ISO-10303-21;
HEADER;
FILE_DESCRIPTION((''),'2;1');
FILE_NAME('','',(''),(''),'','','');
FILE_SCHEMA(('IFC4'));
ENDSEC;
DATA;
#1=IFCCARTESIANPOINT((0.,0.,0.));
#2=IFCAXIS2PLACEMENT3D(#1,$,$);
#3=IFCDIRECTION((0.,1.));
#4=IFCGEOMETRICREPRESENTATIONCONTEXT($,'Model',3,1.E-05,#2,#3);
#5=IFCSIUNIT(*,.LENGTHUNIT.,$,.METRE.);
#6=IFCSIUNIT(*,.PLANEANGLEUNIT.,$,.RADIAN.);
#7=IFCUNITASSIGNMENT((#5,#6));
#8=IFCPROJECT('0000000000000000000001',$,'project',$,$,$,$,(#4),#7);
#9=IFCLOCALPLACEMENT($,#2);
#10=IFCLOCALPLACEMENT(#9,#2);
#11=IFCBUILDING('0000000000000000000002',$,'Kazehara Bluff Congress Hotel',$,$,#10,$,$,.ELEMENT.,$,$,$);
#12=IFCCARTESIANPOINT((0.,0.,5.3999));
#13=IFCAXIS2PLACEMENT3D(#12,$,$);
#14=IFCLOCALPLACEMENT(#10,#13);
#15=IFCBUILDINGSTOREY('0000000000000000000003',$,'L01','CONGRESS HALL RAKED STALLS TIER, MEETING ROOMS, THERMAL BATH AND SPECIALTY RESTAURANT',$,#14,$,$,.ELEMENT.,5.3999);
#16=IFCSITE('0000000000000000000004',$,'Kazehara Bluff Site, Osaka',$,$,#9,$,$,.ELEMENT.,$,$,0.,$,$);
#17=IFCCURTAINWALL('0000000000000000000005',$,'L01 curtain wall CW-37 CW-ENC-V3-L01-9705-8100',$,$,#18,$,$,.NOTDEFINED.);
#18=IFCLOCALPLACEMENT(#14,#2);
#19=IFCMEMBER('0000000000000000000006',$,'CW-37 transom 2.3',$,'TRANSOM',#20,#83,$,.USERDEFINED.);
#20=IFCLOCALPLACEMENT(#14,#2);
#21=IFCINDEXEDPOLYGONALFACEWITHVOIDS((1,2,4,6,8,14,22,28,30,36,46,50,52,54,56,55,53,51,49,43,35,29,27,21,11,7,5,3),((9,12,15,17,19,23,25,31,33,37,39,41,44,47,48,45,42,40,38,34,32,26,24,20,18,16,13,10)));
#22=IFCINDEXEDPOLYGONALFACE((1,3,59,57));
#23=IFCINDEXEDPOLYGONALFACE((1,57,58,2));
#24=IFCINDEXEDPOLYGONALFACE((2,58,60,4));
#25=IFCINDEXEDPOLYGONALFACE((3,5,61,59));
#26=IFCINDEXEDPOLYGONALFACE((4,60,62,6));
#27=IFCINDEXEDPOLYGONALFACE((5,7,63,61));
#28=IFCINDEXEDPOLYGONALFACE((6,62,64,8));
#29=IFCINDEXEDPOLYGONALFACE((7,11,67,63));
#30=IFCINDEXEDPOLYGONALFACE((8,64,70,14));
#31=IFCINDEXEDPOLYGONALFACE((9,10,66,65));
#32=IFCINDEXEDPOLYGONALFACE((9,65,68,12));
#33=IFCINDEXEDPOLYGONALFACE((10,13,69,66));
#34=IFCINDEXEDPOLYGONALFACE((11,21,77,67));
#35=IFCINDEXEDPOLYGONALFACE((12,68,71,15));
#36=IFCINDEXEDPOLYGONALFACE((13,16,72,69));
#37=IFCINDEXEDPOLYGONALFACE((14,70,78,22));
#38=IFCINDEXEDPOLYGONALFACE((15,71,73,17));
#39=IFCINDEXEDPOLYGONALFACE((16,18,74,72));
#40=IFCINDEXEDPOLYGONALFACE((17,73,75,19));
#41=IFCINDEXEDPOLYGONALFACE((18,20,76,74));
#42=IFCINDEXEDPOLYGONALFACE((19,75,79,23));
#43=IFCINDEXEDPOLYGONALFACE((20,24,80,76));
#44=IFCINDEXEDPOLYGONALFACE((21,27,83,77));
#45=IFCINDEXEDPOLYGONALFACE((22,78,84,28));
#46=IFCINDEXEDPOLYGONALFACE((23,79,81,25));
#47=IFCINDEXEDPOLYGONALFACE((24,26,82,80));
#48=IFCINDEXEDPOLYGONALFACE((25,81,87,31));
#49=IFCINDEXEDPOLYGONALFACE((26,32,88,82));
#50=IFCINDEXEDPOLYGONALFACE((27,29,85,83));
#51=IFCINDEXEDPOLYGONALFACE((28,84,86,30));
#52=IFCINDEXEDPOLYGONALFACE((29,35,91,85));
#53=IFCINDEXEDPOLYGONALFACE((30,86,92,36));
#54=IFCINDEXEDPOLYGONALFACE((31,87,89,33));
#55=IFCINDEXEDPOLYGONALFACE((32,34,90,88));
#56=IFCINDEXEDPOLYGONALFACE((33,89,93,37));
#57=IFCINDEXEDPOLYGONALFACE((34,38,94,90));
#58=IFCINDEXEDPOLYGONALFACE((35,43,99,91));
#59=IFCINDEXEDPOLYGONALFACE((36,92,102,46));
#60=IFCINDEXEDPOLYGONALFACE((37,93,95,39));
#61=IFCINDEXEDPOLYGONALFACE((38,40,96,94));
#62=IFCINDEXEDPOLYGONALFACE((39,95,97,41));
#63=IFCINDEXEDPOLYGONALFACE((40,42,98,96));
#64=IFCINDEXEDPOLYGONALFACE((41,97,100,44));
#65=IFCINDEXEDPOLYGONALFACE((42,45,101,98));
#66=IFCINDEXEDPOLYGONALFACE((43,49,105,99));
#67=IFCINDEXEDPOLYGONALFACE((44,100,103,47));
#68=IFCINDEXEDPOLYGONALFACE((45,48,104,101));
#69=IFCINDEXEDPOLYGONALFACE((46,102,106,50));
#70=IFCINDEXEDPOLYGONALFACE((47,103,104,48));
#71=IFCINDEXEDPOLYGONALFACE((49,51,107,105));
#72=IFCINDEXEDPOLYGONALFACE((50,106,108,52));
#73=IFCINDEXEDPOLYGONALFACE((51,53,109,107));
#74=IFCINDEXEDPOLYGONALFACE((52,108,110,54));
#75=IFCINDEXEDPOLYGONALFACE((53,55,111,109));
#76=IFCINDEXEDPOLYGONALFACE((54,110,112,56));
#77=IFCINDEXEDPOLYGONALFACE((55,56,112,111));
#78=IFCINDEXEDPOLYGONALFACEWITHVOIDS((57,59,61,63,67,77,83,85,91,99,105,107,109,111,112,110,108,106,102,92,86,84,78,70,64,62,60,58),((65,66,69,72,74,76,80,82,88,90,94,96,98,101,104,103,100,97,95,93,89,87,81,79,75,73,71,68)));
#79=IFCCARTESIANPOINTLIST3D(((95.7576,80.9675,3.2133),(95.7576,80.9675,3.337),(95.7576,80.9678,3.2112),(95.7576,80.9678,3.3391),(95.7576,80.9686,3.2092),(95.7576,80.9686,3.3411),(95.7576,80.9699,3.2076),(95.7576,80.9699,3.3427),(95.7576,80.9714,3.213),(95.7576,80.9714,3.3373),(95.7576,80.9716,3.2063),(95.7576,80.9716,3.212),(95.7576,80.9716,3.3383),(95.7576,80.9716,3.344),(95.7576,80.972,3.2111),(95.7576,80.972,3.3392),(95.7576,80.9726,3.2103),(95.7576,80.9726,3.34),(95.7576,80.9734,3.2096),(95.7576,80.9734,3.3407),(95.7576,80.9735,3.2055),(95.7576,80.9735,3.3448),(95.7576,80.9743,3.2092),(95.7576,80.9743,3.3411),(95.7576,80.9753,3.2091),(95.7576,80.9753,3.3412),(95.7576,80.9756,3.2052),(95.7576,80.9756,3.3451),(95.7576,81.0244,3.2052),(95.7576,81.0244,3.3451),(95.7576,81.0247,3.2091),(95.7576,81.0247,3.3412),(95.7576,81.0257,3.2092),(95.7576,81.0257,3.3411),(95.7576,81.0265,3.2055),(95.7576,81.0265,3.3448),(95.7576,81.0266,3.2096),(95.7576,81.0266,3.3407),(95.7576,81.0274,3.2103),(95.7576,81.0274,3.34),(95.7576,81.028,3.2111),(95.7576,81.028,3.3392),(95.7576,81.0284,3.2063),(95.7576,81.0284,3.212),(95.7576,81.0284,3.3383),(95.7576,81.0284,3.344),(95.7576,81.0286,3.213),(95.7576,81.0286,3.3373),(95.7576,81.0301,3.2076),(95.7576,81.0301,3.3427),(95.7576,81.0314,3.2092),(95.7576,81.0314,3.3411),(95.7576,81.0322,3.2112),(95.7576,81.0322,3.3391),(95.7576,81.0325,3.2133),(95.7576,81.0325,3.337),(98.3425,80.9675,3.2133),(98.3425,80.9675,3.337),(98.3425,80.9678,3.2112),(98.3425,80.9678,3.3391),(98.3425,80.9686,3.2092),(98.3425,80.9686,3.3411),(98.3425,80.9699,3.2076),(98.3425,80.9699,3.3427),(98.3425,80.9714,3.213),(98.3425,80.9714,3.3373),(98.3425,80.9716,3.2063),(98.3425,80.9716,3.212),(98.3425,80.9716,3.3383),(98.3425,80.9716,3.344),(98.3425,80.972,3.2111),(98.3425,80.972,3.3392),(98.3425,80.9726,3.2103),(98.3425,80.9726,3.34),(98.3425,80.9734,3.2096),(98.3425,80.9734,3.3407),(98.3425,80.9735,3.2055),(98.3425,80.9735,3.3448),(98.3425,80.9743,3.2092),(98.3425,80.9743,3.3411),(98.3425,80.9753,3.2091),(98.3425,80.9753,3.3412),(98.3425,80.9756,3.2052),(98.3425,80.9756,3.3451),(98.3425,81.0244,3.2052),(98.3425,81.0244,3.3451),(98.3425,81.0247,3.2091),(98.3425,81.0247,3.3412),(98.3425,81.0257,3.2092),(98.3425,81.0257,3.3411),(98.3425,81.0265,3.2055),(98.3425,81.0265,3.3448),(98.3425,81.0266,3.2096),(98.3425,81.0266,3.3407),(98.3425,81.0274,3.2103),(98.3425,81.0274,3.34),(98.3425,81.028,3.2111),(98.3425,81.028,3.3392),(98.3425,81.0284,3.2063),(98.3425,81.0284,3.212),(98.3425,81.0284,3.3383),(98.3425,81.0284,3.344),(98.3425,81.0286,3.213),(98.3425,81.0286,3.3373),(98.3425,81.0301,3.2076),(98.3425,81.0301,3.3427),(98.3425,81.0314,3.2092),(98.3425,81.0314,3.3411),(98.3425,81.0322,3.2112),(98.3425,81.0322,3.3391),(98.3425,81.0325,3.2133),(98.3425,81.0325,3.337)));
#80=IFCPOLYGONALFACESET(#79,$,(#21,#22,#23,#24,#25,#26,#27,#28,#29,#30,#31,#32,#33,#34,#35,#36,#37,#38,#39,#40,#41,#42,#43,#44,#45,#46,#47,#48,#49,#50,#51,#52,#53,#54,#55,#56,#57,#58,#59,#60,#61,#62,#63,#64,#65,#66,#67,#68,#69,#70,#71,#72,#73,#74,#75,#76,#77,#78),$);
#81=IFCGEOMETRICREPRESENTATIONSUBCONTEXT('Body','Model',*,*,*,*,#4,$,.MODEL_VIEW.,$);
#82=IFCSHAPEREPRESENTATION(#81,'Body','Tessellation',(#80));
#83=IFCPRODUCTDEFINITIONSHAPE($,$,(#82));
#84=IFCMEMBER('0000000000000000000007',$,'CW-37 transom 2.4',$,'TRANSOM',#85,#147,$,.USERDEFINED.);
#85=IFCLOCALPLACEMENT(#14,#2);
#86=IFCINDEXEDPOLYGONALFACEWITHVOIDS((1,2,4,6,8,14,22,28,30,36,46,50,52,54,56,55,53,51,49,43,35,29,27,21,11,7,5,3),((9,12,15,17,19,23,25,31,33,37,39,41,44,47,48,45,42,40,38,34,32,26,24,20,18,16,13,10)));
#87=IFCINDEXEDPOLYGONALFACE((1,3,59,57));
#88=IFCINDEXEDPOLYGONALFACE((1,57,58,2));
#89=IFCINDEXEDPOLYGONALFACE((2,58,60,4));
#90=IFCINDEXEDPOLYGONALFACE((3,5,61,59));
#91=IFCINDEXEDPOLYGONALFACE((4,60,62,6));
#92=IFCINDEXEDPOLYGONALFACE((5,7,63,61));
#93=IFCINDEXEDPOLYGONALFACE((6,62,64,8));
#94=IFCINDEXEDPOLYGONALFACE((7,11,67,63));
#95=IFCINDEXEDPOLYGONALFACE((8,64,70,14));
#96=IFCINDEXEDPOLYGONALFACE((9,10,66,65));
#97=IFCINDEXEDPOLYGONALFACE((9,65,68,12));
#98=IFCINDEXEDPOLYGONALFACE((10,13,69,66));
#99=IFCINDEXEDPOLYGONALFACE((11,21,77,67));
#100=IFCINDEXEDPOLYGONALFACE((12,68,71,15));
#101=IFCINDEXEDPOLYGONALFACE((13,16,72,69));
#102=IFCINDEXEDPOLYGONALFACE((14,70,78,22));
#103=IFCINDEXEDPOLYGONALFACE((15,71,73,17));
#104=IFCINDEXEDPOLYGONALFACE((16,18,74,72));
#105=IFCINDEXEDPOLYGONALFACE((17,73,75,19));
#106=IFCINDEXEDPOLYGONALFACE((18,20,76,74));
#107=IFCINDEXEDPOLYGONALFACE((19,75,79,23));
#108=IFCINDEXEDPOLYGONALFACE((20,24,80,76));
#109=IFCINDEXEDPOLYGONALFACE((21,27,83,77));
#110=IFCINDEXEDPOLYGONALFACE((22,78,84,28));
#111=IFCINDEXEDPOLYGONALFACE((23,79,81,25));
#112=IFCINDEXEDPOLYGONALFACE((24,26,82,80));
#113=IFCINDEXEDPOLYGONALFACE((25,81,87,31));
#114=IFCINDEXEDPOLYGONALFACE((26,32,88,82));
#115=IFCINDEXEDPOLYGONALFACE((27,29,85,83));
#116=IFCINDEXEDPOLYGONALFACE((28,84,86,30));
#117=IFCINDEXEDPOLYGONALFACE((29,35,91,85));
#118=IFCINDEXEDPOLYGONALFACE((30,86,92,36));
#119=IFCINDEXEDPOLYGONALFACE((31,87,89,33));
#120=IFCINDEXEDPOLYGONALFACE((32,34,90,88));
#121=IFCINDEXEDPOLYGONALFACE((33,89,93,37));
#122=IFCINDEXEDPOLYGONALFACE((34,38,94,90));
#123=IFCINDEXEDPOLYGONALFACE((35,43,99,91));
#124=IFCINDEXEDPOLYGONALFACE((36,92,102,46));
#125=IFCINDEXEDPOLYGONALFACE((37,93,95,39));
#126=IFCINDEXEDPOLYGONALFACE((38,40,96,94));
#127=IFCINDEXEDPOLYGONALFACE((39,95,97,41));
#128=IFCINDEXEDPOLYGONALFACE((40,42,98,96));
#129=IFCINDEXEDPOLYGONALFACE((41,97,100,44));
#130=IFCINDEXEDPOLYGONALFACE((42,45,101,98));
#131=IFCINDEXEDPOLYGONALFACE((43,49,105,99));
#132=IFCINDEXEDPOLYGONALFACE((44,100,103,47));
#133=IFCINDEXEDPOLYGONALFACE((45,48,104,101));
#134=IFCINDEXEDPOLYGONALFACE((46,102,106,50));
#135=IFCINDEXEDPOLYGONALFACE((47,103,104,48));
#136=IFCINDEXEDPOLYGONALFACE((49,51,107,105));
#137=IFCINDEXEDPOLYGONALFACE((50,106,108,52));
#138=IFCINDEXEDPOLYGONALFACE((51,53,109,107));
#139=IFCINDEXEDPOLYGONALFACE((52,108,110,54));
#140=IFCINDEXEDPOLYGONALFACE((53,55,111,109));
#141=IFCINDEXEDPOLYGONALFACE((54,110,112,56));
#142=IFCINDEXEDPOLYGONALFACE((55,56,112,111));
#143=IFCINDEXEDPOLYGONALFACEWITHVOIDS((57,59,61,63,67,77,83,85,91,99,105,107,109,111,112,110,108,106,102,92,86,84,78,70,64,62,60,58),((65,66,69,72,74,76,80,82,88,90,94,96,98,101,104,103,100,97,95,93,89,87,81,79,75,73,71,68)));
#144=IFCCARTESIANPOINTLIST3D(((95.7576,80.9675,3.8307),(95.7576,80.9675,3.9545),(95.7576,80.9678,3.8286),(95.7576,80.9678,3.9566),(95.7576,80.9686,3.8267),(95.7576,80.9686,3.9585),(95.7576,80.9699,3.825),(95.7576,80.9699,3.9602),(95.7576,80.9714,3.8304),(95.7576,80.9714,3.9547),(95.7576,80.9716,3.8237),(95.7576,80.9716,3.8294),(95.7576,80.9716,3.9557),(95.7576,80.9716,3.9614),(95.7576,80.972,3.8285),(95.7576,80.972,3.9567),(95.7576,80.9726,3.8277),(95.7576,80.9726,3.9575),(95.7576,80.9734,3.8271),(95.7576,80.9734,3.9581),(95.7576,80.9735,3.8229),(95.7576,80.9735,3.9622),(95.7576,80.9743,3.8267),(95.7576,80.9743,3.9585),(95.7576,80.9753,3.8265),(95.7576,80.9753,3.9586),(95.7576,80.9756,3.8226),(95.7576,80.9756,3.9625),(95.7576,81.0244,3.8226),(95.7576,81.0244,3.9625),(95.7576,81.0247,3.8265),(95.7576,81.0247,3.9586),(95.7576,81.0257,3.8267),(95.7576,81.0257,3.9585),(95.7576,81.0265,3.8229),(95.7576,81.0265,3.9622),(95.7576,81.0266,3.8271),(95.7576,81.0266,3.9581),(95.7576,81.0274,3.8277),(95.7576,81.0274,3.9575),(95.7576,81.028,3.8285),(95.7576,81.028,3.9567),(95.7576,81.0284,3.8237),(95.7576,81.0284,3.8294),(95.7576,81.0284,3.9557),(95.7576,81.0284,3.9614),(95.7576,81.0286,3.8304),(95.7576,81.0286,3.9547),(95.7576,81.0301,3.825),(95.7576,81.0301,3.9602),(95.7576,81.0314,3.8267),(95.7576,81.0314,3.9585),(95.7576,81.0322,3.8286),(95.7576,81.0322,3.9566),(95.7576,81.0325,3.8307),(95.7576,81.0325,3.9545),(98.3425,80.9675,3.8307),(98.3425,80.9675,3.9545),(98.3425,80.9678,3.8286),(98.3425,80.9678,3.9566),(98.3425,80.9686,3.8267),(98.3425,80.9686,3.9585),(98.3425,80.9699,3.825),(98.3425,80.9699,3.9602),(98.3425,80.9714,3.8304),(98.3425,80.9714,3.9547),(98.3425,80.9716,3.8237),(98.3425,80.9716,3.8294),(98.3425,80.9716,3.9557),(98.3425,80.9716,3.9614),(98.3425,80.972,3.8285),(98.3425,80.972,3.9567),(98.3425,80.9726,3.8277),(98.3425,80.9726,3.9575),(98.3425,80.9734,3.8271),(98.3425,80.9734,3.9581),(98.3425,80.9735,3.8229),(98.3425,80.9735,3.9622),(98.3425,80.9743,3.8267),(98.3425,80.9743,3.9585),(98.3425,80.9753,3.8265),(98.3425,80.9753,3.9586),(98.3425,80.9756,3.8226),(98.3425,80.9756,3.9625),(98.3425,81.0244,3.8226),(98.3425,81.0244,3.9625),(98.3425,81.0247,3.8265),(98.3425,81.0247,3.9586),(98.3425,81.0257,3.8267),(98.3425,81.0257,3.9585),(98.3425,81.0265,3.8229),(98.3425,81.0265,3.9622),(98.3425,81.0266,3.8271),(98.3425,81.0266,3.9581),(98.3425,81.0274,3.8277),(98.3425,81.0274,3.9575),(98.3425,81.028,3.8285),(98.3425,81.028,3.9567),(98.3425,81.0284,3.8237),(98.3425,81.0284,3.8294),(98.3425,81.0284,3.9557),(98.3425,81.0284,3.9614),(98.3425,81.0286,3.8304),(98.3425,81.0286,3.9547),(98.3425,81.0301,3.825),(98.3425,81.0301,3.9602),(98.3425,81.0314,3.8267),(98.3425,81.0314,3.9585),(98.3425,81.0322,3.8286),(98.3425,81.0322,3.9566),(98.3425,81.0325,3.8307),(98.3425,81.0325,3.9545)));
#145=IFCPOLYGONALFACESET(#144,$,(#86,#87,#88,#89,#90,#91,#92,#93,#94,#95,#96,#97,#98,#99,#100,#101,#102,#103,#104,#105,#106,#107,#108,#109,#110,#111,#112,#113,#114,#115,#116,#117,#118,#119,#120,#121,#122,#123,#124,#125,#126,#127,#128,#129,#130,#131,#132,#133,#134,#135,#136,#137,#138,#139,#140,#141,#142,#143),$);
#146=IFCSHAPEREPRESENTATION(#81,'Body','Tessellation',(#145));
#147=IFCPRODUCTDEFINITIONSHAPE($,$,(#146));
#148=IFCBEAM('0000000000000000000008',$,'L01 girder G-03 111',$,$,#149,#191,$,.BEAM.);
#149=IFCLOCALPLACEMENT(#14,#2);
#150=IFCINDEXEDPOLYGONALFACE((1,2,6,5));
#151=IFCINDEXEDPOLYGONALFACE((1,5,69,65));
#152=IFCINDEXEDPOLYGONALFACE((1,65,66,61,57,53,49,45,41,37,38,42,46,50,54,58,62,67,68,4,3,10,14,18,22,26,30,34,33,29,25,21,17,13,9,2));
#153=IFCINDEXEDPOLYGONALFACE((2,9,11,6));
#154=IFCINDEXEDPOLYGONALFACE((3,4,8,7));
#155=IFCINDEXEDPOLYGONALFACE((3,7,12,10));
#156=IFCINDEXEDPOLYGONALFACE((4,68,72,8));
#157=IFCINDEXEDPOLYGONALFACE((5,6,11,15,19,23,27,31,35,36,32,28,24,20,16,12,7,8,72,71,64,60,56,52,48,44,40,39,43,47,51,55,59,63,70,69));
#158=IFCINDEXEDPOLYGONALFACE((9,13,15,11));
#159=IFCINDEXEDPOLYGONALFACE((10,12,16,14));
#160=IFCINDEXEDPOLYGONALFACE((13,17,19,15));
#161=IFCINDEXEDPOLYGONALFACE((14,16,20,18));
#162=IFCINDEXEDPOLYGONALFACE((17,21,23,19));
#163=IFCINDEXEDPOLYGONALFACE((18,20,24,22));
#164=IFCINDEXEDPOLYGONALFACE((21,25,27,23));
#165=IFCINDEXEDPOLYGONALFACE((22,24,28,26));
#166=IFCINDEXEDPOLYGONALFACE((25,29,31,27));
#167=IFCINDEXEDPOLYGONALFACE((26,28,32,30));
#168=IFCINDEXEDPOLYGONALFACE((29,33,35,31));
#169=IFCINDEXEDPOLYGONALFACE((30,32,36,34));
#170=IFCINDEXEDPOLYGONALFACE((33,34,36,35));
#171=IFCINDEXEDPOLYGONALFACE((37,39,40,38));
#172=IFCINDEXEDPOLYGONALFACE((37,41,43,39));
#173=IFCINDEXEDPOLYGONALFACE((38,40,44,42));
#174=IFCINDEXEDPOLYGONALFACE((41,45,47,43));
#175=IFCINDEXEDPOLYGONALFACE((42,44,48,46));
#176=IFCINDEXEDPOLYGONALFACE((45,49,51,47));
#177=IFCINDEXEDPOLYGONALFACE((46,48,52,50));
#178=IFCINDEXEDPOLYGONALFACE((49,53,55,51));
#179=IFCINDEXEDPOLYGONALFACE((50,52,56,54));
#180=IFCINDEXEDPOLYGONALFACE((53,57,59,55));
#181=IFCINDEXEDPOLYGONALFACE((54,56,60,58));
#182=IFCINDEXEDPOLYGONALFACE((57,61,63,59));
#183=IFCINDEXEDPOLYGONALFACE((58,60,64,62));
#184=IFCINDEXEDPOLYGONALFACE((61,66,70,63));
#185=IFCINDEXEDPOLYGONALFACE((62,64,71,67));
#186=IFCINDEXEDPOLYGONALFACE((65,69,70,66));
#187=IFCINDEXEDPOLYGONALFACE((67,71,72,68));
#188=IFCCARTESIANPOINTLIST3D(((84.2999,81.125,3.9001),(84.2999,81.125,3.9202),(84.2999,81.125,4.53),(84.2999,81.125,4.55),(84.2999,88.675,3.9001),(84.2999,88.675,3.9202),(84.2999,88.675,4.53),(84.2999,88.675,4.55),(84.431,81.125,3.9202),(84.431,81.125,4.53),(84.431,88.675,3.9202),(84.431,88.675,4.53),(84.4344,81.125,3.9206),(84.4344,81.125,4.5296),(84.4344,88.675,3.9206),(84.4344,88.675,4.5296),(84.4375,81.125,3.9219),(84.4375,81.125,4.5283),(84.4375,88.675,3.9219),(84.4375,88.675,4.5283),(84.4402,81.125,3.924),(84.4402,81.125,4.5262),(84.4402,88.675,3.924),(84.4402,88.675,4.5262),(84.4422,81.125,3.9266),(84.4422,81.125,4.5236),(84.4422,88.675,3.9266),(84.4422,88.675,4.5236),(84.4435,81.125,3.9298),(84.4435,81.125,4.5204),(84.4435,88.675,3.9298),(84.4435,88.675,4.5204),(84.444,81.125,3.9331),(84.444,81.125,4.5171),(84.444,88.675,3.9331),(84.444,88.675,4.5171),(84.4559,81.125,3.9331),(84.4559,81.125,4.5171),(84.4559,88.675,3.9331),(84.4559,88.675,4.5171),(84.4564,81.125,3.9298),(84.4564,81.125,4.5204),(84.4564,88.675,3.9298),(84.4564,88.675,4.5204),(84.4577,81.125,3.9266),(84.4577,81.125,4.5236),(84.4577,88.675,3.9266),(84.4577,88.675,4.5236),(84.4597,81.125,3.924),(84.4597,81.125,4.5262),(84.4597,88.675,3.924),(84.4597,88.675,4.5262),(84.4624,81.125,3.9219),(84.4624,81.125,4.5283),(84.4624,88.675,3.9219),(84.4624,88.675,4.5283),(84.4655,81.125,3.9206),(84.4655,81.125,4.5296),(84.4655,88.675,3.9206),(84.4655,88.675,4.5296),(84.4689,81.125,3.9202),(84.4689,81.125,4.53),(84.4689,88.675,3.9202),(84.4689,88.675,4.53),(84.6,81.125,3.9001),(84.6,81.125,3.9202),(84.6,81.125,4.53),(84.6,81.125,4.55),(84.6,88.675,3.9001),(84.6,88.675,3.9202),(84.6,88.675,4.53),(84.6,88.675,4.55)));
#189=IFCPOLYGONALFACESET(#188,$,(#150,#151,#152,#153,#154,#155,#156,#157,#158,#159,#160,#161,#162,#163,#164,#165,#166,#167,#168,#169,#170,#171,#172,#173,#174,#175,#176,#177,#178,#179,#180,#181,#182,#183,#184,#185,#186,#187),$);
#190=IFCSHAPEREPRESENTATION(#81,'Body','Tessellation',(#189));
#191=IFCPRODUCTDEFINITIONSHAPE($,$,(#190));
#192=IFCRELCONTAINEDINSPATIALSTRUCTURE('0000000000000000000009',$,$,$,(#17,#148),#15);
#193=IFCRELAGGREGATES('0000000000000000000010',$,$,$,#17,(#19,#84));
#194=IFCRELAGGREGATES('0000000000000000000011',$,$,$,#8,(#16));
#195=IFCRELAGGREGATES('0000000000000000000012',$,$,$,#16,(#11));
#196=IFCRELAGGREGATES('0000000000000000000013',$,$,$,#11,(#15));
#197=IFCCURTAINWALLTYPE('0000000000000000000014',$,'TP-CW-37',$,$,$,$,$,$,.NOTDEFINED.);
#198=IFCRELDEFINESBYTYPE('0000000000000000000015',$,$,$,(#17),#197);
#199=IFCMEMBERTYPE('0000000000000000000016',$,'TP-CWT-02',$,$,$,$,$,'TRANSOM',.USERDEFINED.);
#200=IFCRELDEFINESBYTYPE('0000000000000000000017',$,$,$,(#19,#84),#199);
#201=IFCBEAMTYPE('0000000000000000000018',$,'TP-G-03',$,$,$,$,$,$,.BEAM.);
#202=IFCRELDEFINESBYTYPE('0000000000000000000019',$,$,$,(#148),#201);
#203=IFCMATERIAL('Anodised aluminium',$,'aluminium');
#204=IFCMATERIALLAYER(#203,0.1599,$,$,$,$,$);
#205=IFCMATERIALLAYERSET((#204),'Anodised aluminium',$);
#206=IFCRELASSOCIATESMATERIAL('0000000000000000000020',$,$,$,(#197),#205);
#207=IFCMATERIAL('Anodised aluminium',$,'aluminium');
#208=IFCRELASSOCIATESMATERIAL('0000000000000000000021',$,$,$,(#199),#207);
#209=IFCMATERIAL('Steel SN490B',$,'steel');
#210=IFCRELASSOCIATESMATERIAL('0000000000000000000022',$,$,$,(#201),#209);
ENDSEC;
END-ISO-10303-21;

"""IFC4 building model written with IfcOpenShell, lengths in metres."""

from ifc_helpers import new_model, si_unit, direction, frame, origin, origin_2d, place, context, subcontext, project, spatial, hollow_rectangle, i_section, extrude, material, layer, layer_set, material_profile, profile_set, type_object, element, aggregate, save


model = new_model("IFC4")

# Units and contexts
model_context = context("Model", 3, precision=1e-05, world=origin(), true_north=direction((0.0, 1.0)))
body_context = subcontext(model_context, "Body", "Model", "MODEL_VIEW")
ifc_project = project(units=[si_unit("LENGTHUNIT", "METRE"), si_unit("PLANEANGLEUNIT", "RADIAN")], contexts=[model_context])

# Site, building, storey
site_placement = place(None, origin())
site = spatial("IfcSite", under=ifc_project, at=site_placement, Name="Kazehara Bluff Site, Osaka", CompositionType="ELEMENT", RefElevation=0.0)
building_placement = place(site_placement, origin())
building = spatial("IfcBuilding", under=site, at=building_placement, Name="Kazehara Bluff Congress Hotel", CompositionType="ELEMENT")
storey_placement = place(building_placement, frame((0.0, 0.0, 5.3999)))
storey = spatial("IfcBuildingStorey", under=building, at=storey_placement, Name="L01", Description="CONGRESS HALL RAKED STALLS TIER, MEETING ROOMS, THERMAL BATH AND SPECIALTY RESTAURANT", CompositionType="ELEMENT", Elevation=5.3999)

# Curtain wall
ifc_material_1 = material(Name="Anodised aluminium", Category="aluminium")
ifc_layer_1 = layer(ifc_material_1, 0.1599)
ifc_layer_set_1 = layer_set([ifc_layer_1], Name="Anodised aluminium")
curtain_wall_type_1 = type_object("IfcCurtainWallType", Name="TP-CW-37", PredefinedType="NOTDEFINED", material=ifc_layer_set_1)
curtain_wall_1_placement = place(storey_placement, origin())
curtain_wall_1 = element("IfcCurtainWall", 1, at=curtain_wall_1_placement, inside=storey, type_object=curtain_wall_type_1, Name="L01 curtain wall CW-37 CW-ENC-V3-L01-9705-8100", PredefinedType="NOTDEFINED")

# Members
ifc_material_2 = material(Name="Anodised aluminium", Category="aluminium")
ifc_material_profile_1 = material_profile(ifc_material_2, hollow_rectangle(XDim=0.0649, YDim=0.1399, WallThickness=0.0039, InnerFilletRadius=0.0039, OuterFilletRadius=0.0081, at=origin_2d()))
ifc_profile_set_1 = profile_set([ifc_material_profile_1], Name="Anodised aluminium")
member_type_1 = type_object("IfcMemberType", Name="TP-CWT-02", ElementType="TRANSOM", PredefinedType="USERDEFINED", material=ifc_profile_set_1)
member_1_placement = place(storey_placement, frame((98.3425, 81.0, 3.2751), z_axis=(-1.0, 0.0, 0.0), x_axis=(0.0, -1.0, 0.0)))
member_1 = element("IfcMember", 2, at=member_1_placement, type_object=member_type_1, Name="CW-37 transom 2.3", ObjectType="TRANSOM", PredefinedType="USERDEFINED", context=body_context, shape_type="SweptSolid", body=[
    extrude(hollow_rectangle(XDim=0.0649, YDim=0.1399, WallThickness=0.0039, InnerFilletRadius=0.0039, OuterFilletRadius=0.0081, at=origin_2d()), origin(), (0.0, 0.0, 1.0), 2.585),
])
member_2_placement = place(storey_placement, frame((98.3425, 81.0, 3.8926), z_axis=(-1.0, 0.0, 0.0), x_axis=(0.0, -1.0, 0.0)))
member_2 = element("IfcMember", 3, at=member_2_placement, type_object=member_type_1, Name="CW-37 transom 2.4", ObjectType="TRANSOM", PredefinedType="USERDEFINED", context=body_context, shape_type="SweptSolid", body=[
    extrude(hollow_rectangle(XDim=0.0649, YDim=0.1399, WallThickness=0.0039, InnerFilletRadius=0.0039, OuterFilletRadius=0.0081, at=origin_2d()), origin(), (0.0, 0.0, 1.0), 2.585),
])

# Beam
ifc_material_3 = material(Name="Steel SN490B", Category="steel")
ifc_material_profile_2 = material_profile(ifc_material_3, i_section(OverallWidth=0.3, OverallDepth=0.6499, WebThickness=0.012, FlangeThickness=0.02, FilletRadius=0.0129, at=origin_2d()))
ifc_profile_set_2 = profile_set([ifc_material_profile_2], Name="Steel SN490B")
beam_type = type_object("IfcBeamType", Name="TP-G-03", PredefinedType="BEAM", material=ifc_profile_set_2)
for number, where, z_axis, x_axis, name in (
    (4, (84.45, 81.125, 4.2251), (0.0, 1.0, 0.0), (-1.0, 0.0, 0.0), "L01 girder G-03 111"),
):
    element("IfcBeam", number, at=place(storey_placement, frame(where, z_axis=z_axis, x_axis=x_axis)), inside=storey, type_object=beam_type, Name=name, PredefinedType="BEAM", context=body_context, shape_type="SweptSolid", body=[
        extrude(i_section(OverallWidth=0.3, OverallDepth=0.6499, WebThickness=0.012, FlangeThickness=0.02, FilletRadius=0.0129, at=origin_2d()), origin(), (0.0, 0.0, 1.0), 7.55),
    ])

aggregate(curtain_wall_1, [member_1, member_2])

save(model, "model.ifc")
